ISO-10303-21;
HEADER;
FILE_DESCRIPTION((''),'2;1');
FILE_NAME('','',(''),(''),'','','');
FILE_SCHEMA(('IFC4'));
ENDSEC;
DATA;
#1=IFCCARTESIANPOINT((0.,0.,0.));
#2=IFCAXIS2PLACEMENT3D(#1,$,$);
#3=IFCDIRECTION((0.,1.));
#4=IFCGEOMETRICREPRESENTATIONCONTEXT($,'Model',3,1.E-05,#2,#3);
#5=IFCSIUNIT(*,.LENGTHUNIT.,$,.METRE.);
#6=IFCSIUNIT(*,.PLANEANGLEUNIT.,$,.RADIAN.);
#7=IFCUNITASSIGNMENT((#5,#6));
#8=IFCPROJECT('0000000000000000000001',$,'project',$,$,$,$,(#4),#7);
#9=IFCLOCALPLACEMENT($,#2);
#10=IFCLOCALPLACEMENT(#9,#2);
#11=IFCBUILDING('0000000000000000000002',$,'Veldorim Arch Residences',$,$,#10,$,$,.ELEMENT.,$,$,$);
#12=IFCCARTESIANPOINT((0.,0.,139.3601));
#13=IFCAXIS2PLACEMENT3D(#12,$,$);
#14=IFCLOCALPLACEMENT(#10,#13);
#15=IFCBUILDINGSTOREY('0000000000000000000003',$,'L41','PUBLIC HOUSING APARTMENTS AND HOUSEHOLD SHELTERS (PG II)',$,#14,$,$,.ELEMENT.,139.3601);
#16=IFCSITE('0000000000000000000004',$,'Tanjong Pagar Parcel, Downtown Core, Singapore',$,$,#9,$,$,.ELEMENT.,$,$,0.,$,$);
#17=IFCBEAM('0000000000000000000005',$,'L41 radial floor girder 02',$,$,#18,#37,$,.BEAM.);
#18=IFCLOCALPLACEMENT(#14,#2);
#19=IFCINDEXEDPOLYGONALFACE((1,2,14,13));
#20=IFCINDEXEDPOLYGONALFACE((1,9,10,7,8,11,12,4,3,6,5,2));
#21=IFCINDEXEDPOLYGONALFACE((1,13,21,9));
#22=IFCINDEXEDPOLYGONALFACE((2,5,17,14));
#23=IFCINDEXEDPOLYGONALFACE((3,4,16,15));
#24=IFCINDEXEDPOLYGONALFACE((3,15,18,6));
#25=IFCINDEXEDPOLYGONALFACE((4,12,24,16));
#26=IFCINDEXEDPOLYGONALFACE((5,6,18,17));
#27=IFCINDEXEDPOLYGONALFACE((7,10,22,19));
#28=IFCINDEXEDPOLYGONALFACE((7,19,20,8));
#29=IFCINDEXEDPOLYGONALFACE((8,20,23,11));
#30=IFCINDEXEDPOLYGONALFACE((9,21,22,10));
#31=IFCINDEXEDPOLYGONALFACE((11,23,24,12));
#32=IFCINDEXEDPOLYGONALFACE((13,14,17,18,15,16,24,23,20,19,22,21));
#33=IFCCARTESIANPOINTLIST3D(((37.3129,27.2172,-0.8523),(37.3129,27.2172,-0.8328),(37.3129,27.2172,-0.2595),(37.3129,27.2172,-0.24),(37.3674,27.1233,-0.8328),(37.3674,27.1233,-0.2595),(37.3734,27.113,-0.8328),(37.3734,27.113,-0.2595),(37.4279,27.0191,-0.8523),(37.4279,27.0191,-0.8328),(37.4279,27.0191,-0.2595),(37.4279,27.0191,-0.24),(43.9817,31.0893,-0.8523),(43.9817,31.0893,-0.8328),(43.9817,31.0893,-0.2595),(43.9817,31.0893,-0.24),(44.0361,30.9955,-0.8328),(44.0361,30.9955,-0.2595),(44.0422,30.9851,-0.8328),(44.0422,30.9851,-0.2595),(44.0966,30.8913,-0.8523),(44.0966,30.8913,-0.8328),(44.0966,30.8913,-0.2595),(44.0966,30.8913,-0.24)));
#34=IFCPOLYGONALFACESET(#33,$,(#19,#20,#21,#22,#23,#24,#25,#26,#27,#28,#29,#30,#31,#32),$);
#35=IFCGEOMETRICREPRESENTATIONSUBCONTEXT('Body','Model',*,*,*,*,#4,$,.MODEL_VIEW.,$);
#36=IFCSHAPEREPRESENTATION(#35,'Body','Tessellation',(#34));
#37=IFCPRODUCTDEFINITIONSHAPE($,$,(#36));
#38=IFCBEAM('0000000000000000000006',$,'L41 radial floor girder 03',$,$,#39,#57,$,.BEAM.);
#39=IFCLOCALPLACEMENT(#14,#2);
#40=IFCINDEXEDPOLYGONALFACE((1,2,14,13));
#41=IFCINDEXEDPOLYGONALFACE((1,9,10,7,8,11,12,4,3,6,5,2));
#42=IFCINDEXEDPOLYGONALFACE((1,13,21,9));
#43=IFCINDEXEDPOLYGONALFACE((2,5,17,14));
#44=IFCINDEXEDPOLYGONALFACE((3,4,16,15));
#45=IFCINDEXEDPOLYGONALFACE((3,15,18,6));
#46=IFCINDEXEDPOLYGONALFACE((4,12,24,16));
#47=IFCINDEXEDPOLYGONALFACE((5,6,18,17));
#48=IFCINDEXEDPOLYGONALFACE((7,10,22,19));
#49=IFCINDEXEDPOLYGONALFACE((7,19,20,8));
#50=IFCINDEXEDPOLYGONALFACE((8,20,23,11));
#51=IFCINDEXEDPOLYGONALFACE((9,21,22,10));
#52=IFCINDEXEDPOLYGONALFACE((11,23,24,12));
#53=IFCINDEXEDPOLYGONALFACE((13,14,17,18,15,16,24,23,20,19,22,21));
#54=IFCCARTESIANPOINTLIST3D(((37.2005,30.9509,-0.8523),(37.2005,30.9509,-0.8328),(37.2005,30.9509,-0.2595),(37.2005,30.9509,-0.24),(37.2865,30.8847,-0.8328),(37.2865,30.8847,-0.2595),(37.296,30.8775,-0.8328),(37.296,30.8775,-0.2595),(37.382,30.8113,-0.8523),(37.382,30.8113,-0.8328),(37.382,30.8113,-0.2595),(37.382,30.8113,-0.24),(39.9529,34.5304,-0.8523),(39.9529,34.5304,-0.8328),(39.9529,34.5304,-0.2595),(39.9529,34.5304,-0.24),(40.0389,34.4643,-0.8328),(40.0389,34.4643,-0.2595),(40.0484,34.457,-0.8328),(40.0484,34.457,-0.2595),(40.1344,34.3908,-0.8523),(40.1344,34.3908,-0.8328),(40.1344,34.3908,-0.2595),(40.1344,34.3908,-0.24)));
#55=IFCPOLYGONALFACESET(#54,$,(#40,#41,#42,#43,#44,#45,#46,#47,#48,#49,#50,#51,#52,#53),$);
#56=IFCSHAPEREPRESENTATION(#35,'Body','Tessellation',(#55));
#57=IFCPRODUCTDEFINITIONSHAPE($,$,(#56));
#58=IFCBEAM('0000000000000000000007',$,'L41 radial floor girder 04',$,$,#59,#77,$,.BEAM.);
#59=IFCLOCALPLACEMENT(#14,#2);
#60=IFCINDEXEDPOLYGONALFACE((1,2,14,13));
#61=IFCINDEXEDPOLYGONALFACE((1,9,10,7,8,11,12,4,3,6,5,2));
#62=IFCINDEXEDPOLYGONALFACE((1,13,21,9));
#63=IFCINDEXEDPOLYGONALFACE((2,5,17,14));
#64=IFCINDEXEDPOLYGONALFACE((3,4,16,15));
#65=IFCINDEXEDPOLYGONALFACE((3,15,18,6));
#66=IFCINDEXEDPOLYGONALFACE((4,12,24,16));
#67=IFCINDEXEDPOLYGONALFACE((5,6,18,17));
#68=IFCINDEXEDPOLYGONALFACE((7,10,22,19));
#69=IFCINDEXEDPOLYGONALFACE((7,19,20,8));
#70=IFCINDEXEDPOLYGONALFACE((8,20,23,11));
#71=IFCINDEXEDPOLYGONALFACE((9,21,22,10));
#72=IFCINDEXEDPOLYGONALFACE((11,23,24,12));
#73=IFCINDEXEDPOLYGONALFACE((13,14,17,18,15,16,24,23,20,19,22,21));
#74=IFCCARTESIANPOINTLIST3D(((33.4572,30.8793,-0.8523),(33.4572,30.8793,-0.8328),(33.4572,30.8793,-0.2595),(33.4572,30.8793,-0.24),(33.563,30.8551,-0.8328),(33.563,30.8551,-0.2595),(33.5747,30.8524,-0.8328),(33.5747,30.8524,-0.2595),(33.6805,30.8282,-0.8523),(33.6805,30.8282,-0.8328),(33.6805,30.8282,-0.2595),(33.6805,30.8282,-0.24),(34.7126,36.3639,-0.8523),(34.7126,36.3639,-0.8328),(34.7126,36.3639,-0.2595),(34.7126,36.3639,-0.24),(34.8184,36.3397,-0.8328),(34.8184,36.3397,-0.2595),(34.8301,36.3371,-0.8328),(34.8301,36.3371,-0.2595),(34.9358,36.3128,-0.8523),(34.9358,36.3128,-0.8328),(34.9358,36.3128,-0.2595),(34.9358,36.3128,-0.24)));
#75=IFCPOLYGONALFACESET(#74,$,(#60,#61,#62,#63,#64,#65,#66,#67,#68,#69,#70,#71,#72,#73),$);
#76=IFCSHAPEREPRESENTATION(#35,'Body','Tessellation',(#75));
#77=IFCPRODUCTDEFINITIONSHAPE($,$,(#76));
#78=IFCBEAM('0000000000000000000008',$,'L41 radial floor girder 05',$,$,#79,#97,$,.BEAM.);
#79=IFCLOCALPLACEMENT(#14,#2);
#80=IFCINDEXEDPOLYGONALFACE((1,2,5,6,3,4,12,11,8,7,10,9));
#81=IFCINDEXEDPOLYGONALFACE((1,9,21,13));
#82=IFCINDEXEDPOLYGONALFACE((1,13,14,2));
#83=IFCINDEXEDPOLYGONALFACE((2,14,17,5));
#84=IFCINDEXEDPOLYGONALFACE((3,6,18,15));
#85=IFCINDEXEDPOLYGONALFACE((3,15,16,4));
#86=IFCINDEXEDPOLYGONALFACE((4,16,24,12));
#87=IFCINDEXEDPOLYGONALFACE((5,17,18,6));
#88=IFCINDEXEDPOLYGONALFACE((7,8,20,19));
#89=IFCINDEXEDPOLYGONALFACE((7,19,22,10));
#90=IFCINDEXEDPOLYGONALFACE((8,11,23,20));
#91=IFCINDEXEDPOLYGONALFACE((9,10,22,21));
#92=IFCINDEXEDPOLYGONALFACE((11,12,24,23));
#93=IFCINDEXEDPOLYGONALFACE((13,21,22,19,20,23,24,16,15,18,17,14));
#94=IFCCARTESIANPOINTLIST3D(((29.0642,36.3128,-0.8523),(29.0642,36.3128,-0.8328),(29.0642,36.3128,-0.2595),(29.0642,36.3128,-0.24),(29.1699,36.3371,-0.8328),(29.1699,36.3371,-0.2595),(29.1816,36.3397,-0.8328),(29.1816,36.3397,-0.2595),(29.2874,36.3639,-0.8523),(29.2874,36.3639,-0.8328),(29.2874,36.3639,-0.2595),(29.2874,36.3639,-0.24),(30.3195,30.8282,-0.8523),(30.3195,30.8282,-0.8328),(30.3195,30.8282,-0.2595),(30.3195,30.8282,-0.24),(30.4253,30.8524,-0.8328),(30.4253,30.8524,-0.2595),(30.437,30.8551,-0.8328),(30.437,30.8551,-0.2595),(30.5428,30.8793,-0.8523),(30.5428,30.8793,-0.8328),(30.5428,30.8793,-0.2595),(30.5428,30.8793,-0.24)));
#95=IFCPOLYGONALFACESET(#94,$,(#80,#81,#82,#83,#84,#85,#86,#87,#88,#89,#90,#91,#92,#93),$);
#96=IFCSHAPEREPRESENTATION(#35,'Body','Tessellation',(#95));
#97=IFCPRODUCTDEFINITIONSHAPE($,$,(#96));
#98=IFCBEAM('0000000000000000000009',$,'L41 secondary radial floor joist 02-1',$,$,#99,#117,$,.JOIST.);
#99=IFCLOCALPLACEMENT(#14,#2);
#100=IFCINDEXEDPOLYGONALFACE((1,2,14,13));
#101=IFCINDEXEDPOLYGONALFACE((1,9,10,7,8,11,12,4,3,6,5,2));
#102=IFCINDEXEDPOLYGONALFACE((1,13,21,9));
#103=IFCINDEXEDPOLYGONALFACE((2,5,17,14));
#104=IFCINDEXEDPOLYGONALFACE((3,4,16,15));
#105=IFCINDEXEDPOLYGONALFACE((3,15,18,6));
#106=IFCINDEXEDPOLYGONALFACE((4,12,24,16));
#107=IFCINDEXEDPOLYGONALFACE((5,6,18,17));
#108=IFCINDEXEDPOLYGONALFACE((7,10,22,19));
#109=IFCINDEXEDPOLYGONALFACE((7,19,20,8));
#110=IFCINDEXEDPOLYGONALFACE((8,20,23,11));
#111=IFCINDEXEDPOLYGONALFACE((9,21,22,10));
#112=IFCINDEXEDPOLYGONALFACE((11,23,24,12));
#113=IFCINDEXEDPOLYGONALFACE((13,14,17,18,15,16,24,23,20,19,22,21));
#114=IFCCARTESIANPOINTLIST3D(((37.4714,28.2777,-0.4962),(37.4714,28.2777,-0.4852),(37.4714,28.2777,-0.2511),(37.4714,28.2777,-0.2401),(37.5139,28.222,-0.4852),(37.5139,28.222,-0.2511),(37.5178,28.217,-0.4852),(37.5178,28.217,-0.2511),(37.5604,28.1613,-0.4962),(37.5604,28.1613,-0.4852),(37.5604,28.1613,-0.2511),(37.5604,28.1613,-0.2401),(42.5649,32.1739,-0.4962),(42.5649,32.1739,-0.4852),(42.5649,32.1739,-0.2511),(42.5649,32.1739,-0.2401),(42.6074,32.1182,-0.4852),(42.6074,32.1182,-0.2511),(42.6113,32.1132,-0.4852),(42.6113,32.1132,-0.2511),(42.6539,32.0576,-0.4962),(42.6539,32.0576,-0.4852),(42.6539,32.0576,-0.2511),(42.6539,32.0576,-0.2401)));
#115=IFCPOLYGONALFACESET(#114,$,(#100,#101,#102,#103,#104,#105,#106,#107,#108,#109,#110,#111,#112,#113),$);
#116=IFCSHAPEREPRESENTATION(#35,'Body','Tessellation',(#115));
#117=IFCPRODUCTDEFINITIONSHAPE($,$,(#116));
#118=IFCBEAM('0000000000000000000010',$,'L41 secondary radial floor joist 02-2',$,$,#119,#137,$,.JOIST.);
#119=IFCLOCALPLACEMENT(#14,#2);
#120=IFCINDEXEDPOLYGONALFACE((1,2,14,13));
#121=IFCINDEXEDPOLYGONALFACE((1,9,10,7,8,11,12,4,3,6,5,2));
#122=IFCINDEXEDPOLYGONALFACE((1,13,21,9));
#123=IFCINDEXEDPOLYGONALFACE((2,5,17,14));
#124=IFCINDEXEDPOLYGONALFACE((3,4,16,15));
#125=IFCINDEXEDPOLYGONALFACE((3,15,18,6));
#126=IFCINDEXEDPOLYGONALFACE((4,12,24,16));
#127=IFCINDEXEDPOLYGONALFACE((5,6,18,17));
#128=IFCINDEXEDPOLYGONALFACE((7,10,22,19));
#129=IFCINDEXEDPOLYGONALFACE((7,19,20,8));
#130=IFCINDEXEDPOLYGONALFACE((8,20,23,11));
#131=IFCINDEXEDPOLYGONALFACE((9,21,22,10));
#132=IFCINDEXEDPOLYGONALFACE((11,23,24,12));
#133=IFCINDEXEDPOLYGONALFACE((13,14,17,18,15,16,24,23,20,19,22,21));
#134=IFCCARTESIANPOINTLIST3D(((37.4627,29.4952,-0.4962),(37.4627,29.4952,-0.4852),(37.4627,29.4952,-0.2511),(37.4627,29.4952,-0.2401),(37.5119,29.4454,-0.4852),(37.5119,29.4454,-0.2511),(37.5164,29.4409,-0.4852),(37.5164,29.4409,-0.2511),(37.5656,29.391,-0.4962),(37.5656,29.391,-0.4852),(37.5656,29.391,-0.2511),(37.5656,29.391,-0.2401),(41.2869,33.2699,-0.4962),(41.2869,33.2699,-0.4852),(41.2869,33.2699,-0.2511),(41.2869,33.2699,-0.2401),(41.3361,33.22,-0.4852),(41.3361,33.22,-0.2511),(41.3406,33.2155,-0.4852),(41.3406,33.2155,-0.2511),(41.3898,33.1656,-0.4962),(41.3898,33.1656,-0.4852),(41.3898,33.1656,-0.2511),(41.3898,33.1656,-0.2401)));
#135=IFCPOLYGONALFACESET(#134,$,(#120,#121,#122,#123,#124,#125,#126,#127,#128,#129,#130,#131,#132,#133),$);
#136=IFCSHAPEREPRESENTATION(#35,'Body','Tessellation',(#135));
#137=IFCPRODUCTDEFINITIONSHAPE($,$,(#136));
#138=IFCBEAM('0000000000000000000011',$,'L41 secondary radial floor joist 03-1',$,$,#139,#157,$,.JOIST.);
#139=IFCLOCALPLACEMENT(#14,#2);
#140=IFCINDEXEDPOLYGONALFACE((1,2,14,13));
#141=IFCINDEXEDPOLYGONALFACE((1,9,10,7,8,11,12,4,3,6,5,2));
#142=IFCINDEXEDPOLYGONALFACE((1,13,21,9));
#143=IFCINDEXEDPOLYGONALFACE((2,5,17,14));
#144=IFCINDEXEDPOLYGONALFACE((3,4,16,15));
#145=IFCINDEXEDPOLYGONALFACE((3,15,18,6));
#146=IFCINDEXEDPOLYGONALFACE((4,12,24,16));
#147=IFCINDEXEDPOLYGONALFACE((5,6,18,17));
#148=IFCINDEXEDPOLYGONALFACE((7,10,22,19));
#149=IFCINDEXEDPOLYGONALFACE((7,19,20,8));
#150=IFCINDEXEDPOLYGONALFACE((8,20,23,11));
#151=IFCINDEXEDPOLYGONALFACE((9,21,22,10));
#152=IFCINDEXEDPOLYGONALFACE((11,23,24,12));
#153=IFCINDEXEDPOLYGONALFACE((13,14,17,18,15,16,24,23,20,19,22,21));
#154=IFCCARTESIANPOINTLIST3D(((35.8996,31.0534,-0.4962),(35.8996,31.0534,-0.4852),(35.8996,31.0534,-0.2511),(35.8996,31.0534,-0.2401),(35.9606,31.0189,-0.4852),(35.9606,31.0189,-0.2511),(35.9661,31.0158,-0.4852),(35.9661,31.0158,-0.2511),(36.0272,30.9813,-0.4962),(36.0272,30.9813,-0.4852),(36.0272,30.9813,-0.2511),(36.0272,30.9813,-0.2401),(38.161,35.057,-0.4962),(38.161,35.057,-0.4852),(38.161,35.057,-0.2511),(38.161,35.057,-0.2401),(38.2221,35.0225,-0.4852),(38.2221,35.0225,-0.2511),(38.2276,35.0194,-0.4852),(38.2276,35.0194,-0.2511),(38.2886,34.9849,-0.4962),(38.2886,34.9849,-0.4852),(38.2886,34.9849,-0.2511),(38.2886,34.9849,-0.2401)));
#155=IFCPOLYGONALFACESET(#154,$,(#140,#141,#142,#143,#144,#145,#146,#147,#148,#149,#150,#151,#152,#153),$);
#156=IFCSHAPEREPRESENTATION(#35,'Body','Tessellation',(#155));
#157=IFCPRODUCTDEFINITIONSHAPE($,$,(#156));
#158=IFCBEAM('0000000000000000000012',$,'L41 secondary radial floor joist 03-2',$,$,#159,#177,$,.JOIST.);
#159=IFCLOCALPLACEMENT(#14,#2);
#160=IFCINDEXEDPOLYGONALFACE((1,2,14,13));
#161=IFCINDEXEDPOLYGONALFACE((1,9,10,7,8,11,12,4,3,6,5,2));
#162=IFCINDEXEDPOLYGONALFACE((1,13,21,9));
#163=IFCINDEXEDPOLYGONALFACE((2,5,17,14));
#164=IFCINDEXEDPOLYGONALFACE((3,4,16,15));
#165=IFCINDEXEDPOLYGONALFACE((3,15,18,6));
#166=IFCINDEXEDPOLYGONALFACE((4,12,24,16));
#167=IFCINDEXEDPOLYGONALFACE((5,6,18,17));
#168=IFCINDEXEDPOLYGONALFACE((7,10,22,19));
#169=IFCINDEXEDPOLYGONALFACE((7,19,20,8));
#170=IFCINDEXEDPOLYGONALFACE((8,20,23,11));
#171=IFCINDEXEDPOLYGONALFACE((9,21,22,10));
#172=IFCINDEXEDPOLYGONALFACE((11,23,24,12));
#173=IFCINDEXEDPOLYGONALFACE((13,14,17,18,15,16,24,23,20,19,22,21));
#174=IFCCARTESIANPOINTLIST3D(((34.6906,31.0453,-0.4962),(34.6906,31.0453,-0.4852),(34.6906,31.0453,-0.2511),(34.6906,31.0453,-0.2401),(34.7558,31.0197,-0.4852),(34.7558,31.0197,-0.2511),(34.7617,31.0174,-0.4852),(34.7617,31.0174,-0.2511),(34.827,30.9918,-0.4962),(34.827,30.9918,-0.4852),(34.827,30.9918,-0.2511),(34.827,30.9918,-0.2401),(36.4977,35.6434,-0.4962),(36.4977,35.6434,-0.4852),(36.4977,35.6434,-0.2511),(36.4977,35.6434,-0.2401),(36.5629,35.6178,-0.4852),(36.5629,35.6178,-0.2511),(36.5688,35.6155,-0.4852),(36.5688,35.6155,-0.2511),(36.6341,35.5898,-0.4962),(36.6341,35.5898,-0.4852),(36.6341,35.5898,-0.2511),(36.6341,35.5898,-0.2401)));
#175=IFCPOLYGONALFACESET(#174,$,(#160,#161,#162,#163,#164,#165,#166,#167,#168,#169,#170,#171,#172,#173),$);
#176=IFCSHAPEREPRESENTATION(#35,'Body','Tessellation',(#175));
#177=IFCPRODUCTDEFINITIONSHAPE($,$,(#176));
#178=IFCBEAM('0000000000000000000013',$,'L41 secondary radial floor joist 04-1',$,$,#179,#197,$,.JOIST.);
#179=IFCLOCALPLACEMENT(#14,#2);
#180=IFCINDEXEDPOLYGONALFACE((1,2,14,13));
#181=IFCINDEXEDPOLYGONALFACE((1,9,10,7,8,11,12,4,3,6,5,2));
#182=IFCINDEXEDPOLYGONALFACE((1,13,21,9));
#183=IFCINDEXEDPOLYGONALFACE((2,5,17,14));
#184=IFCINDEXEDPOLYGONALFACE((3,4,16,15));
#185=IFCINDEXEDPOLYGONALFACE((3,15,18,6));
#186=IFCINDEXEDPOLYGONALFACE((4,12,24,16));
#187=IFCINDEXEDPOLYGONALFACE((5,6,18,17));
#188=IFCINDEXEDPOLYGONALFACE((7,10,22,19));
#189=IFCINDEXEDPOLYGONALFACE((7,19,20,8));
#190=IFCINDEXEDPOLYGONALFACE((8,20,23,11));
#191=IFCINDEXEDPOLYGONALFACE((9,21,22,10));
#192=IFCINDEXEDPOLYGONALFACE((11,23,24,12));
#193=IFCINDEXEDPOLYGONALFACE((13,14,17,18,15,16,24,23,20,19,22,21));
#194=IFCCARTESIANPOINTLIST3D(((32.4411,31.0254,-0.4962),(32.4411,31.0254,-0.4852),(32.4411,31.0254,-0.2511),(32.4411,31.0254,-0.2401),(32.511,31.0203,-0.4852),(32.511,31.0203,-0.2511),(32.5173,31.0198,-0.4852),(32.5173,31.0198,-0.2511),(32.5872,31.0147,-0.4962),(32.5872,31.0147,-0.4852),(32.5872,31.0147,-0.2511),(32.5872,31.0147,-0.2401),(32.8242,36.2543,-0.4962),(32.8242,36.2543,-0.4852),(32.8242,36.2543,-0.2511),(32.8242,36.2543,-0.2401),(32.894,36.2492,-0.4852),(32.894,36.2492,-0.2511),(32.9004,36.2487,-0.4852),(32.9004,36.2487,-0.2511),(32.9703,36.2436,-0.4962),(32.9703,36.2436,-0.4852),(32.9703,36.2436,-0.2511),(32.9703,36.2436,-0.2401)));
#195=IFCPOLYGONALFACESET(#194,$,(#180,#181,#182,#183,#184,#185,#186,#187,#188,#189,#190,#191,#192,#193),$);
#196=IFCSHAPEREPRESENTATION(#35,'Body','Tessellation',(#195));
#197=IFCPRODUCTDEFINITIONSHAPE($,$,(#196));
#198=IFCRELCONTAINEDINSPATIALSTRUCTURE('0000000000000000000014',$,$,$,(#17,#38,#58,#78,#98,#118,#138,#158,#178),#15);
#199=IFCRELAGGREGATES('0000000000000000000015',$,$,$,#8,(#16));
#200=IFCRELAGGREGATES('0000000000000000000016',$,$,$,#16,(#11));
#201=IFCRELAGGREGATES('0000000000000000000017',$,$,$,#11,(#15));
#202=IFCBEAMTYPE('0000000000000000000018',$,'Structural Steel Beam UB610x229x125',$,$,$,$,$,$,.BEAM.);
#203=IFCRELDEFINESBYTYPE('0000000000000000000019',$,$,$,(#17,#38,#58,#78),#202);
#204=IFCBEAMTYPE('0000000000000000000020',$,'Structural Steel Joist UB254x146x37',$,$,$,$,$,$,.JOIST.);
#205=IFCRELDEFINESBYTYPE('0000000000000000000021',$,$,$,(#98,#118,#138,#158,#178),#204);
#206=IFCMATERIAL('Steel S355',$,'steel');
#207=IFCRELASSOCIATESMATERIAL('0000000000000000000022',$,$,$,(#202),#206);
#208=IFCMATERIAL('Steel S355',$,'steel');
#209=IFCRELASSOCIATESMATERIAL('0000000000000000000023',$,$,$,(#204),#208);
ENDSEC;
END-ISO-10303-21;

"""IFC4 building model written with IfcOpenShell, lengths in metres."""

from ifc_helpers import new_model, si_unit, direction, frame, origin, origin_2d, place, context, subcontext, project, spatial, i_section, extrude, material, material_profile, profile_set, type_object, element, save


model = new_model("IFC4")

# Units and contexts
model_context = context("Model", 3, precision=1e-05, world=origin(), true_north=direction((0.0, 1.0)))
body_context = subcontext(model_context, "Body", "Model", "MODEL_VIEW")
ifc_project = project(units=[si_unit("LENGTHUNIT", "METRE"), si_unit("PLANEANGLEUNIT", "RADIAN")], contexts=[model_context])

# Site, building, storey
site_placement = place(None, origin())
site = spatial("IfcSite", under=ifc_project, at=site_placement, Name="Tanjong Pagar Parcel, Downtown Core, Singapore", CompositionType="ELEMENT", RefElevation=0.0)
building_placement = place(site_placement, origin())
building = spatial("IfcBuilding", under=site, at=building_placement, Name="Veldorim Arch Residences", CompositionType="ELEMENT")
storey_placement = place(building_placement, frame((0.0, 0.0, 139.3601)))
storey = spatial("IfcBuildingStorey", under=building, at=storey_placement, Name="L41", Description="PUBLIC HOUSING APARTMENTS AND HOUSEHOLD SHELTERS (PG II)", CompositionType="ELEMENT", Elevation=139.3601)

# Beams
ifc_material_1 = material(Name="Steel S355", Category="steel")
ifc_material_profile_1 = material_profile(ifc_material_1, i_section(OverallWidth=0.229, OverallDepth=0.6123, WebThickness=0.012, FlangeThickness=0.0195, at=origin_2d()), Name="UB610x229x125")
ifc_profile_set_1 = profile_set([ifc_material_profile_1], Name="Steel S355")
beam_type_1 = type_object("IfcBeamType", Name="Structural Steel Beam UB610x229x125", PredefinedType="BEAM", material=ifc_profile_set_1)
beam_1_placement = place(storey_placement, frame((37.3704, 27.1182, -0.5461), z_axis=(0.864793, 0.502128, 0.0), x_axis=(-0.502128, 0.864793, 0.0)))
element("IfcBeam", 1, at=beam_1_placement, inside=storey, type_object=beam_type_1, Name="L41 radial floor girder 02", PredefinedType="BEAM", context=body_context, shape_type="SweptSolid", body=[
    extrude(i_section(OverallWidth=0.229, OverallDepth=0.6123, WebThickness=0.012, FlangeThickness=0.0195, at=origin_2d()), origin(), (0.0, 0.0, 1.0), 7.7114),
])
beam_2_placement = place(storey_placement, frame((37.2913, 30.8811, -0.5461), z_axis=(0.609559, 0.792741, 0.0), x_axis=(-0.792741, 0.609559, 0.0)))
element("IfcBeam", 2, at=beam_2_placement, inside=storey, type_object=beam_type_1, Name="L41 radial floor girder 03", PredefinedType="BEAM", context=body_context, shape_type="SweptSolid", body=[
    extrude(i_section(OverallWidth=0.229, OverallDepth=0.6123, WebThickness=0.012, FlangeThickness=0.0195, at=origin_2d()), origin(), (0.0, 0.0, 1.0), 4.5154),
])
for number, where, z_axis, x_axis, name in (
    (3, (33.5688, 30.8538, -0.5461), (0.223119, 0.974791, 0.0), (-0.974791, 0.223119, 0.0), "L41 radial floor girder 04"),
    (4, (30.4312, 30.8538, -0.5461), (-0.223119, 0.974791, 0.0), (-0.974791, -0.223119, 0.0), "L41 radial floor girder 05"),
):
    element("IfcBeam", number, at=place(storey_placement, frame(where, z_axis=z_axis, x_axis=x_axis)), inside=storey, type_object=beam_type_1, Name=name, PredefinedType="BEAM", context=body_context, shape_type="SweptSolid", body=[
        extrude(i_section(OverallWidth=0.229, OverallDepth=0.6123, WebThickness=0.012, FlangeThickness=0.0195, at=origin_2d()), origin(), (0.0, 0.0, 1.0), 5.6265),
    ])
ifc_material_2 = material(Name="Steel S355", Category="steel")
ifc_material_profile_2 = material_profile(ifc_material_2, i_section(OverallWidth=0.1465, OverallDepth=0.2561, WebThickness=0.0063, FlangeThickness=0.011, at=origin_2d()), Name="UB254x146x37")
ifc_profile_set_2 = profile_set([ifc_material_profile_2], Name="Steel S355")
beam_type_2 = type_object("IfcBeamType", Name="Structural Steel Joist UB254x146x37", PredefinedType="JOIST", material=ifc_profile_set_2)
beam_3_placement = place(storey_placement, frame((37.5159, 28.2195, -0.3682), z_axis=(0.794267, 0.607569, 0.0), x_axis=(-0.607569, 0.794267, 0.0)))
element("IfcBeam", 5, at=beam_3_placement, inside=storey, type_object=beam_type_2, Name="L41 secondary radial floor joist 02-1", PredefinedType="JOIST", context=body_context, shape_type="SweptSolid", body=[
    extrude(i_section(OverallWidth=0.1465, OverallDepth=0.2561, WebThickness=0.0063, FlangeThickness=0.011, at=origin_2d()), origin(), (0.0, 0.0, 1.0), 6.4128),
])
beam_4_placement = place(storey_placement, frame((37.5142, 29.4431, -0.3682), z_axis=(0.711703, 0.70248, 0.0), x_axis=(-0.70248, 0.711703, 0.0)))
element("IfcBeam", 6, at=beam_4_placement, inside=storey, type_object=beam_type_2, Name="L41 secondary radial floor joist 02-2", PredefinedType="JOIST", context=body_context, shape_type="SweptSolid", body=[
    extrude(i_section(OverallWidth=0.1465, OverallDepth=0.2561, WebThickness=0.0063, FlangeThickness=0.011, at=origin_2d()), origin(), (0.0, 0.0, 1.0), 5.3733),
])
beam_5_placement = place(storey_placement, frame((35.9634, 31.0173, -0.3682), z_axis=(0.491816, 0.870699, 0.0), x_axis=(-0.870699, 0.491816, 0.0)))
element("IfcBeam", 7, at=beam_5_placement, inside=storey, type_object=beam_type_2, Name="L41 secondary radial floor joist 03-1", PredefinedType="JOIST", context=body_context, shape_type="SweptSolid", body=[
    extrude(i_section(OverallWidth=0.1465, OverallDepth=0.2561, WebThickness=0.0063, FlangeThickness=0.011, at=origin_2d()), origin(), (0.0, 0.0, 1.0), 4.5981),
])
beam_6_placement = place(storey_placement, frame((34.7588, 31.0186, -0.3682), z_axis=(0.365778, 0.930702, 0.0), x_axis=(-0.930702, 0.365778, 0.0)))
element("IfcBeam", 8, at=beam_6_placement, inside=storey, type_object=beam_type_2, Name="L41 secondary radial floor joist 03-2", PredefinedType="JOIST", context=body_context, shape_type="SweptSolid", body=[
    extrude(i_section(OverallWidth=0.1465, OverallDepth=0.2561, WebThickness=0.0063, FlangeThickness=0.011, at=origin_2d()), origin(), (0.0, 0.0, 1.0), 4.9404),
])
for number, where, z_axis, x_axis, name in (
    (9, (32.5142, 31.02, -0.3682), (0.07306, 0.997328, 0.0), (-0.997328, 0.07306, 0.0), "L41 secondary radial floor joist 04-1"),
):
    element("IfcBeam", number, at=place(storey_placement, frame(where, z_axis=z_axis, x_axis=x_axis)), inside=storey, type_object=beam_type_2, Name=name, PredefinedType="JOIST", context=body_context, shape_type="SweptSolid", body=[
        extrude(i_section(OverallWidth=0.1465, OverallDepth=0.2561, WebThickness=0.0063, FlangeThickness=0.011, at=origin_2d()), origin(), (0.0, 0.0, 1.0), 5.2429),
    ])

save(model, "model.ifc")
